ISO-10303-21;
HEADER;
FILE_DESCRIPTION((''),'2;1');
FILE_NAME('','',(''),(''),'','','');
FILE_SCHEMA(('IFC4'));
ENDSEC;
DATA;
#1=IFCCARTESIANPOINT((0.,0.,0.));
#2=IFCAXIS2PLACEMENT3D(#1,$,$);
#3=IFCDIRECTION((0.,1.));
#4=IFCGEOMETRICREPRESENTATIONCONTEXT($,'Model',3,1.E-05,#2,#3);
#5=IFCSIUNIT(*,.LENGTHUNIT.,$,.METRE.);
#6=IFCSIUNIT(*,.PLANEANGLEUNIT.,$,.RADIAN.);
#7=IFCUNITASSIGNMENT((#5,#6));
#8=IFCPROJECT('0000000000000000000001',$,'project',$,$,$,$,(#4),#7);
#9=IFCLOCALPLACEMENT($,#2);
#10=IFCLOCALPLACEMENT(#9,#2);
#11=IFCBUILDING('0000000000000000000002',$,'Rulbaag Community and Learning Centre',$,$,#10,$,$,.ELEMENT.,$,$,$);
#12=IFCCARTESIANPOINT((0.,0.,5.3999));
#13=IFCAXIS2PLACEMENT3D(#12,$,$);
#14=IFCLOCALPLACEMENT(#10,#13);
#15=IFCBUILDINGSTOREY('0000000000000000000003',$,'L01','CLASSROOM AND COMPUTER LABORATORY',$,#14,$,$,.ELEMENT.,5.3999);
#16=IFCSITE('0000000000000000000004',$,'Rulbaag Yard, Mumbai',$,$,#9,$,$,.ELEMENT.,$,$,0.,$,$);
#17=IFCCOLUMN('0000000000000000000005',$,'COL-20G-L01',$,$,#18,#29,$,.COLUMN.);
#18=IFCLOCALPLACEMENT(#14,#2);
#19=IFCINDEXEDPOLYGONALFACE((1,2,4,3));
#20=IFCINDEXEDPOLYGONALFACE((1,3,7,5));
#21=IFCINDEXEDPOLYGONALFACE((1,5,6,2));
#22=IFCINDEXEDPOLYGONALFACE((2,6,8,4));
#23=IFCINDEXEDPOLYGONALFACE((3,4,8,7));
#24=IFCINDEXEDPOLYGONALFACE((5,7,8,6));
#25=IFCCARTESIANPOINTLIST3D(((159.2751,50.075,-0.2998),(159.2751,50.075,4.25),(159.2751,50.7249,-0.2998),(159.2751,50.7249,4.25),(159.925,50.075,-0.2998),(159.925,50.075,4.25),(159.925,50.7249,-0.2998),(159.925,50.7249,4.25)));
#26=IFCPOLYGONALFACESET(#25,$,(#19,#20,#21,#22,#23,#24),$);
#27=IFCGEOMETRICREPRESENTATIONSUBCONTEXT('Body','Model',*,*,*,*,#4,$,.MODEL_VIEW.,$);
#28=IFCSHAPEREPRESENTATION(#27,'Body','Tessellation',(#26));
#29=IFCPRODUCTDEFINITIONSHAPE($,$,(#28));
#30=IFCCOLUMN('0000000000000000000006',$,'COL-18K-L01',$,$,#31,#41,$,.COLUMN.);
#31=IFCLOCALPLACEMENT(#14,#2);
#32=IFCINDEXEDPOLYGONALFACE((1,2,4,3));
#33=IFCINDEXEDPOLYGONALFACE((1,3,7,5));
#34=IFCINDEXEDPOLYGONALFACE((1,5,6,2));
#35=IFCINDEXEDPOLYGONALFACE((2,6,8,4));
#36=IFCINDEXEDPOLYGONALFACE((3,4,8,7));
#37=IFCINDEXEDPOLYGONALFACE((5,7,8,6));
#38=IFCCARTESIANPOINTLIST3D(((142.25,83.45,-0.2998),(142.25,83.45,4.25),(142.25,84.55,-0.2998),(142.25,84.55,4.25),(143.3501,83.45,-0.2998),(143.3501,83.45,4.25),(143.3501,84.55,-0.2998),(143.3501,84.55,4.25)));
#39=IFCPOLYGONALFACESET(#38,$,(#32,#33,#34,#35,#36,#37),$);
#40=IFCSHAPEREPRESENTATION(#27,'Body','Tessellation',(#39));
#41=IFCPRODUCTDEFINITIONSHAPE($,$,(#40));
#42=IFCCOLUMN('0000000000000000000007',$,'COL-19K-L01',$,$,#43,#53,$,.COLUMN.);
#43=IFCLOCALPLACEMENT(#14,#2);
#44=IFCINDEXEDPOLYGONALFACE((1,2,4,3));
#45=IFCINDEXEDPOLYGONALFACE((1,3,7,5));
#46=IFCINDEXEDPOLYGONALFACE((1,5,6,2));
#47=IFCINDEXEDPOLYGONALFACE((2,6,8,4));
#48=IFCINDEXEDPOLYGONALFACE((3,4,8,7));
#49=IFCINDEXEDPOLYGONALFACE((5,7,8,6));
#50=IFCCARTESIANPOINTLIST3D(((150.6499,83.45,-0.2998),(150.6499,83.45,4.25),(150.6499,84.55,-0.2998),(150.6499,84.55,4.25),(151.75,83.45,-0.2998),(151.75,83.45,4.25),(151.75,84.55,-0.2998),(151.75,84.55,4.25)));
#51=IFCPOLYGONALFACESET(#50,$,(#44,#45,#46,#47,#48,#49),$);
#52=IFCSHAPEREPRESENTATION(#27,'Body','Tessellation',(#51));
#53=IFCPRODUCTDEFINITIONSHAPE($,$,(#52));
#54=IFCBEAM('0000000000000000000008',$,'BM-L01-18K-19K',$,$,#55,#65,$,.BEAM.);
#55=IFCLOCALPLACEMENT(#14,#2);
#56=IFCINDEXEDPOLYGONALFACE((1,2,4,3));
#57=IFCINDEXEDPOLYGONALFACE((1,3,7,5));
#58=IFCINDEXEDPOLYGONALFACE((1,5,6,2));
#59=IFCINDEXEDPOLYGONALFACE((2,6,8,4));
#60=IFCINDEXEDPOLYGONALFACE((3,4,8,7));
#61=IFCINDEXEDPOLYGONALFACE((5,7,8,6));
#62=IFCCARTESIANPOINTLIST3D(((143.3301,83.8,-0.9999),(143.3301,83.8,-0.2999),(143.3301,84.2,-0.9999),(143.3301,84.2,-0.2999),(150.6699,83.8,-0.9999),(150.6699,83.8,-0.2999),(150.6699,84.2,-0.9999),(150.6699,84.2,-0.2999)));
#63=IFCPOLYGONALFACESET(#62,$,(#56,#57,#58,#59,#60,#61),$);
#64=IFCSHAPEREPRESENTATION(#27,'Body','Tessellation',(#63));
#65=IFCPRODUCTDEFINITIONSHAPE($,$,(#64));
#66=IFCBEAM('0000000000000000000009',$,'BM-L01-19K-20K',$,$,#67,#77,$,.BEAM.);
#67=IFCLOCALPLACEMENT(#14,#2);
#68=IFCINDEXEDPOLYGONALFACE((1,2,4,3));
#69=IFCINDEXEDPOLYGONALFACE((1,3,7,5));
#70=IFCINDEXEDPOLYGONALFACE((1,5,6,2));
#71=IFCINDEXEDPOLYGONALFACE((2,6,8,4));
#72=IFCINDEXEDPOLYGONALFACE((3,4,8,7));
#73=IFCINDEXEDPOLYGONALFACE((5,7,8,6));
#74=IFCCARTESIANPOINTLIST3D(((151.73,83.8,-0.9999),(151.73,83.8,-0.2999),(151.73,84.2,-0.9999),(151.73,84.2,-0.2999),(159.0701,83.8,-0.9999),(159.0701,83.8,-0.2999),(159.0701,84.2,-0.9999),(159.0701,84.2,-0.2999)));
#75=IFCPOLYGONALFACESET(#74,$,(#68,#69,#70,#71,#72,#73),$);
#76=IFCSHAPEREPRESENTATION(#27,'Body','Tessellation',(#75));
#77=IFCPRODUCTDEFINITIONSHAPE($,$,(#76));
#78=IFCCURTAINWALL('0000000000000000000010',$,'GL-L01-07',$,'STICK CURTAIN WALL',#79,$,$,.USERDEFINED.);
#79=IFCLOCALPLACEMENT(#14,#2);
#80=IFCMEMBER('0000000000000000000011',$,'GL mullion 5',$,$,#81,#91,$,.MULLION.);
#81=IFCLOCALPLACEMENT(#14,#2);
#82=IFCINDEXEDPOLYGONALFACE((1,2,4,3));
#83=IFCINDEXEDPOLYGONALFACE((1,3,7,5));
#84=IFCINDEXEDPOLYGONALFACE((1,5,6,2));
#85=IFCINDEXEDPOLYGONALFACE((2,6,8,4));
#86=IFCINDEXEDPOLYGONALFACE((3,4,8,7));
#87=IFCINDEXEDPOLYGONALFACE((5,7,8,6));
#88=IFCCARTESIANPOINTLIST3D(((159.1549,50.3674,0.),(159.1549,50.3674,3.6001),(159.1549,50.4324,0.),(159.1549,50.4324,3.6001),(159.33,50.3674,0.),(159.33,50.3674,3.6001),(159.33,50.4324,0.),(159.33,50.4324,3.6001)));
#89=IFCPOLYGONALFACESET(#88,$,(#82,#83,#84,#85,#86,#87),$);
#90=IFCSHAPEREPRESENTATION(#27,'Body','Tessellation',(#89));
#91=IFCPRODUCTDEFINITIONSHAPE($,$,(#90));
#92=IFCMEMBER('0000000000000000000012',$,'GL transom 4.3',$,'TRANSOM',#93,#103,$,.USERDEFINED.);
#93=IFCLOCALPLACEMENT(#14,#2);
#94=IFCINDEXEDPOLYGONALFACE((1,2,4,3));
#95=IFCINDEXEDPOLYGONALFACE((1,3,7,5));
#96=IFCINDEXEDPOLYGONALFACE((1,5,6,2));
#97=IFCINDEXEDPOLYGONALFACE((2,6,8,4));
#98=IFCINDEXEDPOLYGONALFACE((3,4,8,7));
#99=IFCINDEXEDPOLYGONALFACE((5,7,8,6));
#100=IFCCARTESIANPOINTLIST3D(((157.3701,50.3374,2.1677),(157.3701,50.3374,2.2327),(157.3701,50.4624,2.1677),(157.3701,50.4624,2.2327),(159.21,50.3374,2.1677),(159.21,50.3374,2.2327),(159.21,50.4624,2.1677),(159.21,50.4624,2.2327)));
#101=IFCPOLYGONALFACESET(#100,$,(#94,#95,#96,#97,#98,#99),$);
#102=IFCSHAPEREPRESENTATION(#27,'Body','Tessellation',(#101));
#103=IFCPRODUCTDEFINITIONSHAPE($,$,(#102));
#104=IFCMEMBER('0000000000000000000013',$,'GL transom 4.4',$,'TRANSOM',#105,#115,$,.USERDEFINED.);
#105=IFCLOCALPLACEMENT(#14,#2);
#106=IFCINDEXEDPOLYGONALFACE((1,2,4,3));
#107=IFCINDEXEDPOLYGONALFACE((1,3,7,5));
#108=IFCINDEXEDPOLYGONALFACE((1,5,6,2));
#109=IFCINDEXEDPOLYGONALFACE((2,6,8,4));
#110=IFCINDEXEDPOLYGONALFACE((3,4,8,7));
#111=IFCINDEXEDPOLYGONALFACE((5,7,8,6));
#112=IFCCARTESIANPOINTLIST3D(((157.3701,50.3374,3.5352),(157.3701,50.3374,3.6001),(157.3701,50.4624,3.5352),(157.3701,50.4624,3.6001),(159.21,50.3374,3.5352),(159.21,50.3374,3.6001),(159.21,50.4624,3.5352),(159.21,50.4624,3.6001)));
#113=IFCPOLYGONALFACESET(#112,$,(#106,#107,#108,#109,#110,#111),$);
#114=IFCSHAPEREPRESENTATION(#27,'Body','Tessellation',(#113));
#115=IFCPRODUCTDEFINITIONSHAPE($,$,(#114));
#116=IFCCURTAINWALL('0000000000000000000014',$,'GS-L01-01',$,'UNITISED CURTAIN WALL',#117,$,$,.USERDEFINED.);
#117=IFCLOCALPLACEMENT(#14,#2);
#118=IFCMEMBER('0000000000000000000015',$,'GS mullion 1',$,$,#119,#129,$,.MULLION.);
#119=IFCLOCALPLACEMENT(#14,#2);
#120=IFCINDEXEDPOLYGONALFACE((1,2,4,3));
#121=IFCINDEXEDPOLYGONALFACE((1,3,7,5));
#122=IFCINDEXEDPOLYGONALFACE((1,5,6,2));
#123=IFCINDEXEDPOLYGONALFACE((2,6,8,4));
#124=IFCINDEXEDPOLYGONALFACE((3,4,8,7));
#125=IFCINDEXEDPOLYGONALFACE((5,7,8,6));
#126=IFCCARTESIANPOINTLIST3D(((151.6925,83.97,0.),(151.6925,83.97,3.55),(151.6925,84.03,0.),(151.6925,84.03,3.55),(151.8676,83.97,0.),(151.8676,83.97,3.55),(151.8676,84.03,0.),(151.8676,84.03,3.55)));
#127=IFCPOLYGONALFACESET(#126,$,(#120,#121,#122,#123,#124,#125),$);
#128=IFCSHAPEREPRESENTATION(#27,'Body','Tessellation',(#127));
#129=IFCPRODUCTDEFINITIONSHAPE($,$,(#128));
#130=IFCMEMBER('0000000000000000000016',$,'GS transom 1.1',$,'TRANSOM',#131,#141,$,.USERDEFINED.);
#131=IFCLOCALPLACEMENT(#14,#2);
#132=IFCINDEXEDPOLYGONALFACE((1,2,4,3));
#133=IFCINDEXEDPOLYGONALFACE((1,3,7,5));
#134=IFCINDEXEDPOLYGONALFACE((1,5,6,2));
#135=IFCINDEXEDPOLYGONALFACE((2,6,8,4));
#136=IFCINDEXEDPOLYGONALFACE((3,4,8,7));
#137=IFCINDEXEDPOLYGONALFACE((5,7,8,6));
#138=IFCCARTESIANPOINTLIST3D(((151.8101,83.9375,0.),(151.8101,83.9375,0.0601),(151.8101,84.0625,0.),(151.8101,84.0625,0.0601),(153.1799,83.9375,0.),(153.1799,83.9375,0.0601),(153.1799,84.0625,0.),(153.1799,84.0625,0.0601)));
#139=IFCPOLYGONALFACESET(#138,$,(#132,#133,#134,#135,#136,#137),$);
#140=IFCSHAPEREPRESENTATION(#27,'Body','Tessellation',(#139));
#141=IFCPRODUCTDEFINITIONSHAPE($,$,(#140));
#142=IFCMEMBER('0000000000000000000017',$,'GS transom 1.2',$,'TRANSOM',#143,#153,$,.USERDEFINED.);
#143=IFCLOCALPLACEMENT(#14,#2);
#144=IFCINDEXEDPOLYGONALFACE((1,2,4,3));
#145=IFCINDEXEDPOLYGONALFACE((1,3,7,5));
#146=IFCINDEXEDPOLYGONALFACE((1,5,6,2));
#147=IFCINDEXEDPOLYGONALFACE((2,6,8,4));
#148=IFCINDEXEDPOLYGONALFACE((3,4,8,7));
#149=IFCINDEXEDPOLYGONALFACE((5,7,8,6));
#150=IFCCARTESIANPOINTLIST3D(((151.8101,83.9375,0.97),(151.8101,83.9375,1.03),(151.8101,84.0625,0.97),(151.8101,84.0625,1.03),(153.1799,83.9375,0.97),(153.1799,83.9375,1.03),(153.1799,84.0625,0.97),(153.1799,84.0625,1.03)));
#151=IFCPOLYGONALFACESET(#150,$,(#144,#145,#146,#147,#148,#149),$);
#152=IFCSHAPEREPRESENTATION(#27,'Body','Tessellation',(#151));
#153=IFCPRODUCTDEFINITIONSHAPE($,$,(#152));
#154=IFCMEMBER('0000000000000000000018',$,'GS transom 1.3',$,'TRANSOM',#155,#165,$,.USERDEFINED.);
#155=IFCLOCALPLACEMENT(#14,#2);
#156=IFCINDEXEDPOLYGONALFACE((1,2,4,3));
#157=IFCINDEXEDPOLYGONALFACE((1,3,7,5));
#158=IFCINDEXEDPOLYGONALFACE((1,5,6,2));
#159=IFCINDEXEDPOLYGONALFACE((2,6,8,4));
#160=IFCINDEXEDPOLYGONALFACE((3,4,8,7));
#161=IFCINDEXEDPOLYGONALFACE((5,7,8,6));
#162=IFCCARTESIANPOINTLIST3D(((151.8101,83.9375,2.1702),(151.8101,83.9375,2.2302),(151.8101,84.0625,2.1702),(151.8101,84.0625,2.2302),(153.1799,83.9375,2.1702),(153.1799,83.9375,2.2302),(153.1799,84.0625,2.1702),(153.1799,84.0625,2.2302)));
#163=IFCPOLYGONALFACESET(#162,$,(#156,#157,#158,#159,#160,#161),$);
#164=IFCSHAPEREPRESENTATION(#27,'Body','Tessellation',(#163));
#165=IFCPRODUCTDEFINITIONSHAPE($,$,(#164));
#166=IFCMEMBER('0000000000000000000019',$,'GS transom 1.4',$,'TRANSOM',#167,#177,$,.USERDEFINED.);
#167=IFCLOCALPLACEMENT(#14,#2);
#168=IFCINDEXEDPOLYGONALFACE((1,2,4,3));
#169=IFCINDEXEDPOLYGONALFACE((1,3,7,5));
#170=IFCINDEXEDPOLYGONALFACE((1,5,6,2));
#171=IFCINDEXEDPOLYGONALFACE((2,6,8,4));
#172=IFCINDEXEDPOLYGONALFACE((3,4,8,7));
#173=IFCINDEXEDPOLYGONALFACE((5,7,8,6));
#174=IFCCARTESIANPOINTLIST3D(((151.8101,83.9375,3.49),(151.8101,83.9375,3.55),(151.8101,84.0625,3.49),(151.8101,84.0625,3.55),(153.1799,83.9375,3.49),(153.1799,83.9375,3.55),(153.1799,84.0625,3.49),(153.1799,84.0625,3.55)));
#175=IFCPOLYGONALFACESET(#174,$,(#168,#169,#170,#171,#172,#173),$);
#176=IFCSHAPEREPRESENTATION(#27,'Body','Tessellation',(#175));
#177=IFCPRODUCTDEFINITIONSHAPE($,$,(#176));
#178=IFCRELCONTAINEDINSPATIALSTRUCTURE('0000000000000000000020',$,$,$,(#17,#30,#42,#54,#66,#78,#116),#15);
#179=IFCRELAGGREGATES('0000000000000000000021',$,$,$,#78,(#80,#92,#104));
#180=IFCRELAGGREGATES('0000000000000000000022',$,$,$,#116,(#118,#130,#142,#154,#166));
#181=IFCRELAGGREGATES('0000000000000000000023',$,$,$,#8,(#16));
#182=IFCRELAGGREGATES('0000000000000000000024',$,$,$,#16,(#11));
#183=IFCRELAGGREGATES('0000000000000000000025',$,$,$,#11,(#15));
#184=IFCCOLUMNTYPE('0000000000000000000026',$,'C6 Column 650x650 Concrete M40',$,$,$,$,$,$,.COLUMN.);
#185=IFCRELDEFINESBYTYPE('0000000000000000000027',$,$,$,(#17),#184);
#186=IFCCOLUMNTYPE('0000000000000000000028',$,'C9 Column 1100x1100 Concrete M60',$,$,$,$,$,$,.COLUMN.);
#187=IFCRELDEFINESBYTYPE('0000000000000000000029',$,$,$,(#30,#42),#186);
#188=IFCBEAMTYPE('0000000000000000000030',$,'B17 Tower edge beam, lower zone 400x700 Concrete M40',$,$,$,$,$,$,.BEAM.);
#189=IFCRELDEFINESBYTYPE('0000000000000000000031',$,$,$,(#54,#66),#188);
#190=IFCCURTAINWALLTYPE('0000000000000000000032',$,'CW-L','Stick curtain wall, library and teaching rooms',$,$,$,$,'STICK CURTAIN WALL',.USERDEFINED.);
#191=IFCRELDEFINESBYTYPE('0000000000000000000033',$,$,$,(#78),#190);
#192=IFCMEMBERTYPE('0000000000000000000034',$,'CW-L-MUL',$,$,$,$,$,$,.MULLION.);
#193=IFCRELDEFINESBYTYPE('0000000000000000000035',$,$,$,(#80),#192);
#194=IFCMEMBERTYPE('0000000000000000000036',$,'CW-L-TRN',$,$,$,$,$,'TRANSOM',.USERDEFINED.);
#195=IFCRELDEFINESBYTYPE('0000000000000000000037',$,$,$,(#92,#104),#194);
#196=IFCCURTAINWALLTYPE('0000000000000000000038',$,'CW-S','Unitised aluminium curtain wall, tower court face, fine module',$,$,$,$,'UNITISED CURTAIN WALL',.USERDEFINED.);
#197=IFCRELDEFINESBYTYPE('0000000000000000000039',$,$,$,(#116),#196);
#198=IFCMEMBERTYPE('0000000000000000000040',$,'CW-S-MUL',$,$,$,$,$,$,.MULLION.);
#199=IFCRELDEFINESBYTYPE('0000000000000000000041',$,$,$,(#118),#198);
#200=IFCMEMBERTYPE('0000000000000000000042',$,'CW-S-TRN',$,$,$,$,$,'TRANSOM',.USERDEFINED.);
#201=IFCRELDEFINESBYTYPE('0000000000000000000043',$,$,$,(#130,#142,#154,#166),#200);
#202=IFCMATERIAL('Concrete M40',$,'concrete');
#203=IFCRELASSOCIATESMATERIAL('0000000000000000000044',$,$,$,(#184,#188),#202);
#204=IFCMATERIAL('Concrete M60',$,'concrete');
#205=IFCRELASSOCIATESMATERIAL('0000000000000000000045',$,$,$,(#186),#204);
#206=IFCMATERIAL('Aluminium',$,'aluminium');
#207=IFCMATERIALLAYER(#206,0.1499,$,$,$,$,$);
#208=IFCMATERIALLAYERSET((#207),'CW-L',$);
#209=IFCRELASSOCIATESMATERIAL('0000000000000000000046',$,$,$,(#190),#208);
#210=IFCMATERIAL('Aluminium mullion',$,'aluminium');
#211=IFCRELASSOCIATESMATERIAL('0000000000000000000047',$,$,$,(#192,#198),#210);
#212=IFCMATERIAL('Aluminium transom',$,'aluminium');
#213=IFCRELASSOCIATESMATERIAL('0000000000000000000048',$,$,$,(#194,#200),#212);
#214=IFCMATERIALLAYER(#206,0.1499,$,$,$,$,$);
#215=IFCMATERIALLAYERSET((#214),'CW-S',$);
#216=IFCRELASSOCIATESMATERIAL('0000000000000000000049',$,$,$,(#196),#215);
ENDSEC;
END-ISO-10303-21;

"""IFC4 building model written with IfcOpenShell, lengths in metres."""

from ifc_helpers import new_model, si_unit, direction, frame, origin, origin_2d, place, context, subcontext, project, spatial, rectangle, extrude, material, layer, layer_set, material_profile, profile_set, type_object, element, aggregate, save


model = new_model("IFC4")

# Units and contexts
model_context = context("Model", 3, precision=1e-05, world=origin(), true_north=direction((0.0, 1.0)))
body_context = subcontext(model_context, "Body", "Model", "MODEL_VIEW")
ifc_project = project(units=[si_unit("LENGTHUNIT", "METRE"), si_unit("PLANEANGLEUNIT", "RADIAN")], contexts=[model_context])

# Site, building, storey
site_placement = place(None, origin())
site = spatial("IfcSite", under=ifc_project, at=site_placement, Name="Rulbaag Yard, Mumbai", CompositionType="ELEMENT", RefElevation=0.0)
building_placement = place(site_placement, origin())
building = spatial("IfcBuilding", under=site, at=building_placement, Name="Rulbaag Community and Learning Centre", CompositionType="ELEMENT")
storey_placement = place(building_placement, frame((0.0, 0.0, 5.3999)))
storey = spatial("IfcBuildingStorey", under=building, at=storey_placement, Name="L01", Description="CLASSROOM AND COMPUTER LABORATORY", CompositionType="ELEMENT", Elevation=5.3999)

# Columns
ifc_material_1 = material(Name="Concrete M40", Category="concrete")
ifc_material_profile_1 = material_profile(ifc_material_1, rectangle(XDim=0.6499, YDim=0.6499, at=origin_2d()), Name="RC650x650")
ifc_profile_set_1 = profile_set([ifc_material_profile_1], Name="Concrete M40")
column_type_1 = type_object("IfcColumnType", Name="C6 Column 650x650 Concrete M40", PredefinedType="COLUMN", material=ifc_profile_set_1)
column_placement = place(storey_placement, frame((159.6001, 50.3999, -0.2998), z_axis=(0.0, 0.0, 1.0), x_axis=(1.0, 0.0, 0.0)))
element("IfcColumn", 1, at=column_placement, inside=storey, type_object=column_type_1, Name="COL-20G-L01", PredefinedType="COLUMN", context=body_context, shape_type="SweptSolid", body=[
    extrude(rectangle(XDim=0.6499, YDim=0.6499, at=origin_2d()), origin(), (0.0, 0.0, 1.0), 4.5498),
])
ifc_material_2 = material(Name="Concrete M60", Category="concrete")
ifc_material_profile_2 = material_profile(ifc_material_2, rectangle(XDim=1.1001, YDim=1.1001, at=origin_2d()), Name="RC1100x1100")
ifc_profile_set_2 = profile_set([ifc_material_profile_2], Name="Concrete M60")
column_type_2 = type_object("IfcColumnType", Name="C9 Column 1100x1100 Concrete M60", PredefinedType="COLUMN", material=ifc_profile_set_2)
for number, where, z_axis, x_axis, name in (
    (2, (142.8, 84.0, -0.2998), (0.0, 0.0, 1.0), (1.0, 0.0, 0.0), "COL-18K-L01"),
    (3, (151.2, 84.0, -0.2998), (0.0, 0.0, 1.0), (1.0, 0.0, 0.0), "COL-19K-L01"),
):
    element("IfcColumn", number, at=place(storey_placement, frame(where, z_axis=z_axis, x_axis=x_axis)), inside=storey, type_object=column_type_2, Name=name, PredefinedType="COLUMN", context=body_context, shape_type="SweptSolid", body=[
        extrude(rectangle(XDim=1.1001, YDim=1.1001, at=origin_2d()), origin(), (0.0, 0.0, 1.0), 4.5498),
    ])

# Beams
ifc_material_profile_3 = material_profile(ifc_material_1, rectangle(XDim=0.3999, YDim=0.7, at=origin_2d()), Name="RB400x700")
ifc_profile_set_3 = profile_set([ifc_material_profile_3], Name="Concrete M40")
beam_type = type_object("IfcBeamType", Name="B17 Tower edge beam, lower zone 400x700 Concrete M40", PredefinedType="BEAM", material=ifc_profile_set_3)
beam_1_placement = place(storey_placement, frame((143.3301, 84.0, -0.6499), z_axis=(1.0, 0.0, 0.0), x_axis=(0.0, 1.0, 0.0)))
element("IfcBeam", 4, at=beam_1_placement, inside=storey, type_object=beam_type, Name="BM-L01-18K-19K", PredefinedType="BEAM", context=body_context, shape_type="SweptSolid", body=[
    extrude(rectangle(XDim=0.3999, YDim=0.7, at=origin_2d()), origin(), (0.0, 0.0, 1.0), 7.3398),
])
beam_2_placement = place(storey_placement, frame((151.73, 84.0, -0.6499), z_axis=(1.0, 0.0, 0.0), x_axis=(0.0, 1.0, 0.0)))
element("IfcBeam", 5, at=beam_2_placement, inside=storey, type_object=beam_type, Name="BM-L01-19K-20K", PredefinedType="BEAM", context=body_context, shape_type="SweptSolid", body=[
    extrude(rectangle(XDim=0.3999, YDim=0.7, at=origin_2d()), origin(), (0.0, 0.0, 1.0), 7.3401),
])

# Curtain walls, members
ifc_material_3 = material(Name="Aluminium", Category="aluminium")
ifc_layer_1 = layer(ifc_material_3, 0.1499)
ifc_layer_set_1 = layer_set([ifc_layer_1], Name="CW-L")
curtain_wall_type_1 = type_object("IfcCurtainWallType", Name="CW-L", Description="Stick curtain wall, library and teaching rooms", ElementType="STICK CURTAIN WALL", PredefinedType="USERDEFINED", material=ifc_layer_set_1)
curtain_wall_1_placement = place(storey_placement, origin())
curtain_wall_1 = element("IfcCurtainWall", 6, at=curtain_wall_1_placement, inside=storey, type_object=curtain_wall_type_1, Name="GL-L01-07", ObjectType="STICK CURTAIN WALL", PredefinedType="USERDEFINED")
ifc_material_4 = material(Name="Aluminium mullion", Category="aluminium")
ifc_material_profile_4 = material_profile(ifc_material_4, rectangle(XDim=0.0649, YDim=0.175, at=origin_2d()), Name="AL 65x175")
ifc_profile_set_4 = profile_set([ifc_material_profile_4], Name="Aluminium mullion")
member_type_1 = type_object("IfcMemberType", Name="CW-L-MUL", PredefinedType="MULLION", material=ifc_profile_set_4)
member_1_placement = place(storey_placement, frame((159.2424, 50.3999, 0.0), z_axis=(0.0, 0.0, 1.0), x_axis=(0.0, 1.0, 0.0)))
member_1 = element("IfcMember", 7, at=member_1_placement, type_object=member_type_1, Name="GL mullion 5", PredefinedType="MULLION", context=body_context, shape_type="SweptSolid", body=[
    extrude(rectangle(XDim=0.0649, YDim=0.175, at=origin_2d()), origin(), (0.0, 0.0, 1.0), 3.6001),
])
ifc_material_5 = material(Name="Aluminium transom", Category="aluminium")
ifc_material_profile_5 = material_profile(ifc_material_5, rectangle(XDim=0.125, YDim=0.0649, at=origin_2d()), Name="AL 65x125 T")
ifc_profile_set_5 = profile_set([ifc_material_profile_5], Name="Aluminium transom")
member_type_2 = type_object("IfcMemberType", Name="CW-L-TRN", ElementType="TRANSOM", PredefinedType="USERDEFINED", material=ifc_profile_set_5)
member_2_placement = place(storey_placement, frame((157.3701, 50.3999, 2.2002), z_axis=(1.0, 0.0, 0.0), x_axis=(0.0, 1.0, 0.0)))
member_2 = element("IfcMember", 8, at=member_2_placement, type_object=member_type_2, Name="GL transom 4.3", ObjectType="TRANSOM", PredefinedType="USERDEFINED", context=body_context, shape_type="SweptSolid", body=[
    extrude(rectangle(XDim=0.125, YDim=0.0649, at=origin_2d()), origin(), (0.0, 0.0, 1.0), 1.8398),
])
member_3_placement = place(storey_placement, frame((157.3701, 50.3999, 3.5676), z_axis=(1.0, 0.0, 0.0), x_axis=(0.0, 1.0, 0.0)))
member_3 = element("IfcMember", 9, at=member_3_placement, type_object=member_type_2, Name="GL transom 4.4", ObjectType="TRANSOM", PredefinedType="USERDEFINED", context=body_context, shape_type="SweptSolid", body=[
    extrude(rectangle(XDim=0.125, YDim=0.0649, at=origin_2d()), origin(), (0.0, 0.0, 1.0), 1.8398),
])
ifc_layer_2 = layer(ifc_material_3, 0.1499)
ifc_layer_set_2 = layer_set([ifc_layer_2], Name="CW-S")
curtain_wall_type_2 = type_object("IfcCurtainWallType", Name="CW-S", Description="Unitised aluminium curtain wall, tower court face, fine module", ElementType="UNITISED CURTAIN WALL", PredefinedType="USERDEFINED", material=ifc_layer_set_2)
curtain_wall_2_placement = place(storey_placement, origin())
curtain_wall_2 = element("IfcCurtainWall", 10, at=curtain_wall_2_placement, inside=storey, type_object=curtain_wall_type_2, Name="GS-L01-01", ObjectType="UNITISED CURTAIN WALL", PredefinedType="USERDEFINED")
ifc_material_profile_6 = material_profile(ifc_material_4, rectangle(XDim=0.0601, YDim=0.175, at=origin_2d()), Name="AL 60x175")
ifc_profile_set_6 = profile_set([ifc_material_profile_6], Name="Aluminium mullion")
member_type_3 = type_object("IfcMemberType", Name="CW-S-MUL", PredefinedType="MULLION", material=ifc_profile_set_6)
member_4_placement = place(storey_placement, frame((151.78, 84.0, 0.0), z_axis=(0.0, 0.0, 1.0), x_axis=(0.0, 1.0, 0.0)))
member_4 = element("IfcMember", 11, at=member_4_placement, type_object=member_type_3, Name="GS mullion 1", PredefinedType="MULLION", context=body_context, shape_type="SweptSolid", body=[
    extrude(rectangle(XDim=0.0601, YDim=0.175, at=origin_2d()), origin(), (0.0, 0.0, 1.0), 3.55),
])
ifc_material_profile_7 = material_profile(ifc_material_5, rectangle(XDim=0.125, YDim=0.0601, at=origin_2d()), Name="AL 60x125 T")
ifc_profile_set_7 = profile_set([ifc_material_profile_7], Name="Aluminium transom")
member_type_4 = type_object("IfcMemberType", Name="CW-S-TRN", ElementType="TRANSOM", PredefinedType="USERDEFINED", material=ifc_profile_set_7)
member_5_placement = place(storey_placement, frame((151.8101, 84.0, 0.03), z_axis=(1.0, 0.0, 0.0), x_axis=(0.0, 1.0, 0.0)))
member_5 = element("IfcMember", 12, at=member_5_placement, type_object=member_type_4, Name="GS transom 1.1", ObjectType="TRANSOM", PredefinedType="USERDEFINED", context=body_context, shape_type="SweptSolid", body=[
    extrude(rectangle(XDim=0.125, YDim=0.0601, at=origin_2d()), origin(), (0.0, 0.0, 1.0), 1.3699),
])
member_6_placement = place(storey_placement, frame((151.8101, 84.0, 1.0), z_axis=(1.0, 0.0, 0.0), x_axis=(0.0, 1.0, 0.0)))
member_6 = element("IfcMember", 13, at=member_6_placement, type_object=member_type_4, Name="GS transom 1.2", ObjectType="TRANSOM", PredefinedType="USERDEFINED", context=body_context, shape_type="SweptSolid", body=[
    extrude(rectangle(XDim=0.125, YDim=0.0601, at=origin_2d()), origin(), (0.0, 0.0, 1.0), 1.3699),
])
member_7_placement = place(storey_placement, frame((151.8101, 84.0, 2.2002), z_axis=(1.0, 0.0, 0.0), x_axis=(0.0, 1.0, 0.0)))
member_7 = element("IfcMember", 14, at=member_7_placement, type_object=member_type_4, Name="GS transom 1.3", ObjectType="TRANSOM", PredefinedType="USERDEFINED", context=body_context, shape_type="SweptSolid", body=[
    extrude(rectangle(XDim=0.125, YDim=0.0601, at=origin_2d()), origin(), (0.0, 0.0, 1.0), 1.3699),
])
member_8_placement = place(storey_placement, frame((151.8101, 84.0, 3.52), z_axis=(1.0, 0.0, 0.0), x_axis=(0.0, 1.0, 0.0)))
member_8 = element("IfcMember", 15, at=member_8_placement, type_object=member_type_4, Name="GS transom 1.4", ObjectType="TRANSOM", PredefinedType="USERDEFINED", context=body_context, shape_type="SweptSolid", body=[
    extrude(rectangle(XDim=0.125, YDim=0.0601, at=origin_2d()), origin(), (0.0, 0.0, 1.0), 1.3699),
])

aggregate(curtain_wall_1, [member_1, member_2, member_3])
aggregate(curtain_wall_2, [member_4, member_5, member_6, member_7, member_8])

save(model, "model.ifc")
